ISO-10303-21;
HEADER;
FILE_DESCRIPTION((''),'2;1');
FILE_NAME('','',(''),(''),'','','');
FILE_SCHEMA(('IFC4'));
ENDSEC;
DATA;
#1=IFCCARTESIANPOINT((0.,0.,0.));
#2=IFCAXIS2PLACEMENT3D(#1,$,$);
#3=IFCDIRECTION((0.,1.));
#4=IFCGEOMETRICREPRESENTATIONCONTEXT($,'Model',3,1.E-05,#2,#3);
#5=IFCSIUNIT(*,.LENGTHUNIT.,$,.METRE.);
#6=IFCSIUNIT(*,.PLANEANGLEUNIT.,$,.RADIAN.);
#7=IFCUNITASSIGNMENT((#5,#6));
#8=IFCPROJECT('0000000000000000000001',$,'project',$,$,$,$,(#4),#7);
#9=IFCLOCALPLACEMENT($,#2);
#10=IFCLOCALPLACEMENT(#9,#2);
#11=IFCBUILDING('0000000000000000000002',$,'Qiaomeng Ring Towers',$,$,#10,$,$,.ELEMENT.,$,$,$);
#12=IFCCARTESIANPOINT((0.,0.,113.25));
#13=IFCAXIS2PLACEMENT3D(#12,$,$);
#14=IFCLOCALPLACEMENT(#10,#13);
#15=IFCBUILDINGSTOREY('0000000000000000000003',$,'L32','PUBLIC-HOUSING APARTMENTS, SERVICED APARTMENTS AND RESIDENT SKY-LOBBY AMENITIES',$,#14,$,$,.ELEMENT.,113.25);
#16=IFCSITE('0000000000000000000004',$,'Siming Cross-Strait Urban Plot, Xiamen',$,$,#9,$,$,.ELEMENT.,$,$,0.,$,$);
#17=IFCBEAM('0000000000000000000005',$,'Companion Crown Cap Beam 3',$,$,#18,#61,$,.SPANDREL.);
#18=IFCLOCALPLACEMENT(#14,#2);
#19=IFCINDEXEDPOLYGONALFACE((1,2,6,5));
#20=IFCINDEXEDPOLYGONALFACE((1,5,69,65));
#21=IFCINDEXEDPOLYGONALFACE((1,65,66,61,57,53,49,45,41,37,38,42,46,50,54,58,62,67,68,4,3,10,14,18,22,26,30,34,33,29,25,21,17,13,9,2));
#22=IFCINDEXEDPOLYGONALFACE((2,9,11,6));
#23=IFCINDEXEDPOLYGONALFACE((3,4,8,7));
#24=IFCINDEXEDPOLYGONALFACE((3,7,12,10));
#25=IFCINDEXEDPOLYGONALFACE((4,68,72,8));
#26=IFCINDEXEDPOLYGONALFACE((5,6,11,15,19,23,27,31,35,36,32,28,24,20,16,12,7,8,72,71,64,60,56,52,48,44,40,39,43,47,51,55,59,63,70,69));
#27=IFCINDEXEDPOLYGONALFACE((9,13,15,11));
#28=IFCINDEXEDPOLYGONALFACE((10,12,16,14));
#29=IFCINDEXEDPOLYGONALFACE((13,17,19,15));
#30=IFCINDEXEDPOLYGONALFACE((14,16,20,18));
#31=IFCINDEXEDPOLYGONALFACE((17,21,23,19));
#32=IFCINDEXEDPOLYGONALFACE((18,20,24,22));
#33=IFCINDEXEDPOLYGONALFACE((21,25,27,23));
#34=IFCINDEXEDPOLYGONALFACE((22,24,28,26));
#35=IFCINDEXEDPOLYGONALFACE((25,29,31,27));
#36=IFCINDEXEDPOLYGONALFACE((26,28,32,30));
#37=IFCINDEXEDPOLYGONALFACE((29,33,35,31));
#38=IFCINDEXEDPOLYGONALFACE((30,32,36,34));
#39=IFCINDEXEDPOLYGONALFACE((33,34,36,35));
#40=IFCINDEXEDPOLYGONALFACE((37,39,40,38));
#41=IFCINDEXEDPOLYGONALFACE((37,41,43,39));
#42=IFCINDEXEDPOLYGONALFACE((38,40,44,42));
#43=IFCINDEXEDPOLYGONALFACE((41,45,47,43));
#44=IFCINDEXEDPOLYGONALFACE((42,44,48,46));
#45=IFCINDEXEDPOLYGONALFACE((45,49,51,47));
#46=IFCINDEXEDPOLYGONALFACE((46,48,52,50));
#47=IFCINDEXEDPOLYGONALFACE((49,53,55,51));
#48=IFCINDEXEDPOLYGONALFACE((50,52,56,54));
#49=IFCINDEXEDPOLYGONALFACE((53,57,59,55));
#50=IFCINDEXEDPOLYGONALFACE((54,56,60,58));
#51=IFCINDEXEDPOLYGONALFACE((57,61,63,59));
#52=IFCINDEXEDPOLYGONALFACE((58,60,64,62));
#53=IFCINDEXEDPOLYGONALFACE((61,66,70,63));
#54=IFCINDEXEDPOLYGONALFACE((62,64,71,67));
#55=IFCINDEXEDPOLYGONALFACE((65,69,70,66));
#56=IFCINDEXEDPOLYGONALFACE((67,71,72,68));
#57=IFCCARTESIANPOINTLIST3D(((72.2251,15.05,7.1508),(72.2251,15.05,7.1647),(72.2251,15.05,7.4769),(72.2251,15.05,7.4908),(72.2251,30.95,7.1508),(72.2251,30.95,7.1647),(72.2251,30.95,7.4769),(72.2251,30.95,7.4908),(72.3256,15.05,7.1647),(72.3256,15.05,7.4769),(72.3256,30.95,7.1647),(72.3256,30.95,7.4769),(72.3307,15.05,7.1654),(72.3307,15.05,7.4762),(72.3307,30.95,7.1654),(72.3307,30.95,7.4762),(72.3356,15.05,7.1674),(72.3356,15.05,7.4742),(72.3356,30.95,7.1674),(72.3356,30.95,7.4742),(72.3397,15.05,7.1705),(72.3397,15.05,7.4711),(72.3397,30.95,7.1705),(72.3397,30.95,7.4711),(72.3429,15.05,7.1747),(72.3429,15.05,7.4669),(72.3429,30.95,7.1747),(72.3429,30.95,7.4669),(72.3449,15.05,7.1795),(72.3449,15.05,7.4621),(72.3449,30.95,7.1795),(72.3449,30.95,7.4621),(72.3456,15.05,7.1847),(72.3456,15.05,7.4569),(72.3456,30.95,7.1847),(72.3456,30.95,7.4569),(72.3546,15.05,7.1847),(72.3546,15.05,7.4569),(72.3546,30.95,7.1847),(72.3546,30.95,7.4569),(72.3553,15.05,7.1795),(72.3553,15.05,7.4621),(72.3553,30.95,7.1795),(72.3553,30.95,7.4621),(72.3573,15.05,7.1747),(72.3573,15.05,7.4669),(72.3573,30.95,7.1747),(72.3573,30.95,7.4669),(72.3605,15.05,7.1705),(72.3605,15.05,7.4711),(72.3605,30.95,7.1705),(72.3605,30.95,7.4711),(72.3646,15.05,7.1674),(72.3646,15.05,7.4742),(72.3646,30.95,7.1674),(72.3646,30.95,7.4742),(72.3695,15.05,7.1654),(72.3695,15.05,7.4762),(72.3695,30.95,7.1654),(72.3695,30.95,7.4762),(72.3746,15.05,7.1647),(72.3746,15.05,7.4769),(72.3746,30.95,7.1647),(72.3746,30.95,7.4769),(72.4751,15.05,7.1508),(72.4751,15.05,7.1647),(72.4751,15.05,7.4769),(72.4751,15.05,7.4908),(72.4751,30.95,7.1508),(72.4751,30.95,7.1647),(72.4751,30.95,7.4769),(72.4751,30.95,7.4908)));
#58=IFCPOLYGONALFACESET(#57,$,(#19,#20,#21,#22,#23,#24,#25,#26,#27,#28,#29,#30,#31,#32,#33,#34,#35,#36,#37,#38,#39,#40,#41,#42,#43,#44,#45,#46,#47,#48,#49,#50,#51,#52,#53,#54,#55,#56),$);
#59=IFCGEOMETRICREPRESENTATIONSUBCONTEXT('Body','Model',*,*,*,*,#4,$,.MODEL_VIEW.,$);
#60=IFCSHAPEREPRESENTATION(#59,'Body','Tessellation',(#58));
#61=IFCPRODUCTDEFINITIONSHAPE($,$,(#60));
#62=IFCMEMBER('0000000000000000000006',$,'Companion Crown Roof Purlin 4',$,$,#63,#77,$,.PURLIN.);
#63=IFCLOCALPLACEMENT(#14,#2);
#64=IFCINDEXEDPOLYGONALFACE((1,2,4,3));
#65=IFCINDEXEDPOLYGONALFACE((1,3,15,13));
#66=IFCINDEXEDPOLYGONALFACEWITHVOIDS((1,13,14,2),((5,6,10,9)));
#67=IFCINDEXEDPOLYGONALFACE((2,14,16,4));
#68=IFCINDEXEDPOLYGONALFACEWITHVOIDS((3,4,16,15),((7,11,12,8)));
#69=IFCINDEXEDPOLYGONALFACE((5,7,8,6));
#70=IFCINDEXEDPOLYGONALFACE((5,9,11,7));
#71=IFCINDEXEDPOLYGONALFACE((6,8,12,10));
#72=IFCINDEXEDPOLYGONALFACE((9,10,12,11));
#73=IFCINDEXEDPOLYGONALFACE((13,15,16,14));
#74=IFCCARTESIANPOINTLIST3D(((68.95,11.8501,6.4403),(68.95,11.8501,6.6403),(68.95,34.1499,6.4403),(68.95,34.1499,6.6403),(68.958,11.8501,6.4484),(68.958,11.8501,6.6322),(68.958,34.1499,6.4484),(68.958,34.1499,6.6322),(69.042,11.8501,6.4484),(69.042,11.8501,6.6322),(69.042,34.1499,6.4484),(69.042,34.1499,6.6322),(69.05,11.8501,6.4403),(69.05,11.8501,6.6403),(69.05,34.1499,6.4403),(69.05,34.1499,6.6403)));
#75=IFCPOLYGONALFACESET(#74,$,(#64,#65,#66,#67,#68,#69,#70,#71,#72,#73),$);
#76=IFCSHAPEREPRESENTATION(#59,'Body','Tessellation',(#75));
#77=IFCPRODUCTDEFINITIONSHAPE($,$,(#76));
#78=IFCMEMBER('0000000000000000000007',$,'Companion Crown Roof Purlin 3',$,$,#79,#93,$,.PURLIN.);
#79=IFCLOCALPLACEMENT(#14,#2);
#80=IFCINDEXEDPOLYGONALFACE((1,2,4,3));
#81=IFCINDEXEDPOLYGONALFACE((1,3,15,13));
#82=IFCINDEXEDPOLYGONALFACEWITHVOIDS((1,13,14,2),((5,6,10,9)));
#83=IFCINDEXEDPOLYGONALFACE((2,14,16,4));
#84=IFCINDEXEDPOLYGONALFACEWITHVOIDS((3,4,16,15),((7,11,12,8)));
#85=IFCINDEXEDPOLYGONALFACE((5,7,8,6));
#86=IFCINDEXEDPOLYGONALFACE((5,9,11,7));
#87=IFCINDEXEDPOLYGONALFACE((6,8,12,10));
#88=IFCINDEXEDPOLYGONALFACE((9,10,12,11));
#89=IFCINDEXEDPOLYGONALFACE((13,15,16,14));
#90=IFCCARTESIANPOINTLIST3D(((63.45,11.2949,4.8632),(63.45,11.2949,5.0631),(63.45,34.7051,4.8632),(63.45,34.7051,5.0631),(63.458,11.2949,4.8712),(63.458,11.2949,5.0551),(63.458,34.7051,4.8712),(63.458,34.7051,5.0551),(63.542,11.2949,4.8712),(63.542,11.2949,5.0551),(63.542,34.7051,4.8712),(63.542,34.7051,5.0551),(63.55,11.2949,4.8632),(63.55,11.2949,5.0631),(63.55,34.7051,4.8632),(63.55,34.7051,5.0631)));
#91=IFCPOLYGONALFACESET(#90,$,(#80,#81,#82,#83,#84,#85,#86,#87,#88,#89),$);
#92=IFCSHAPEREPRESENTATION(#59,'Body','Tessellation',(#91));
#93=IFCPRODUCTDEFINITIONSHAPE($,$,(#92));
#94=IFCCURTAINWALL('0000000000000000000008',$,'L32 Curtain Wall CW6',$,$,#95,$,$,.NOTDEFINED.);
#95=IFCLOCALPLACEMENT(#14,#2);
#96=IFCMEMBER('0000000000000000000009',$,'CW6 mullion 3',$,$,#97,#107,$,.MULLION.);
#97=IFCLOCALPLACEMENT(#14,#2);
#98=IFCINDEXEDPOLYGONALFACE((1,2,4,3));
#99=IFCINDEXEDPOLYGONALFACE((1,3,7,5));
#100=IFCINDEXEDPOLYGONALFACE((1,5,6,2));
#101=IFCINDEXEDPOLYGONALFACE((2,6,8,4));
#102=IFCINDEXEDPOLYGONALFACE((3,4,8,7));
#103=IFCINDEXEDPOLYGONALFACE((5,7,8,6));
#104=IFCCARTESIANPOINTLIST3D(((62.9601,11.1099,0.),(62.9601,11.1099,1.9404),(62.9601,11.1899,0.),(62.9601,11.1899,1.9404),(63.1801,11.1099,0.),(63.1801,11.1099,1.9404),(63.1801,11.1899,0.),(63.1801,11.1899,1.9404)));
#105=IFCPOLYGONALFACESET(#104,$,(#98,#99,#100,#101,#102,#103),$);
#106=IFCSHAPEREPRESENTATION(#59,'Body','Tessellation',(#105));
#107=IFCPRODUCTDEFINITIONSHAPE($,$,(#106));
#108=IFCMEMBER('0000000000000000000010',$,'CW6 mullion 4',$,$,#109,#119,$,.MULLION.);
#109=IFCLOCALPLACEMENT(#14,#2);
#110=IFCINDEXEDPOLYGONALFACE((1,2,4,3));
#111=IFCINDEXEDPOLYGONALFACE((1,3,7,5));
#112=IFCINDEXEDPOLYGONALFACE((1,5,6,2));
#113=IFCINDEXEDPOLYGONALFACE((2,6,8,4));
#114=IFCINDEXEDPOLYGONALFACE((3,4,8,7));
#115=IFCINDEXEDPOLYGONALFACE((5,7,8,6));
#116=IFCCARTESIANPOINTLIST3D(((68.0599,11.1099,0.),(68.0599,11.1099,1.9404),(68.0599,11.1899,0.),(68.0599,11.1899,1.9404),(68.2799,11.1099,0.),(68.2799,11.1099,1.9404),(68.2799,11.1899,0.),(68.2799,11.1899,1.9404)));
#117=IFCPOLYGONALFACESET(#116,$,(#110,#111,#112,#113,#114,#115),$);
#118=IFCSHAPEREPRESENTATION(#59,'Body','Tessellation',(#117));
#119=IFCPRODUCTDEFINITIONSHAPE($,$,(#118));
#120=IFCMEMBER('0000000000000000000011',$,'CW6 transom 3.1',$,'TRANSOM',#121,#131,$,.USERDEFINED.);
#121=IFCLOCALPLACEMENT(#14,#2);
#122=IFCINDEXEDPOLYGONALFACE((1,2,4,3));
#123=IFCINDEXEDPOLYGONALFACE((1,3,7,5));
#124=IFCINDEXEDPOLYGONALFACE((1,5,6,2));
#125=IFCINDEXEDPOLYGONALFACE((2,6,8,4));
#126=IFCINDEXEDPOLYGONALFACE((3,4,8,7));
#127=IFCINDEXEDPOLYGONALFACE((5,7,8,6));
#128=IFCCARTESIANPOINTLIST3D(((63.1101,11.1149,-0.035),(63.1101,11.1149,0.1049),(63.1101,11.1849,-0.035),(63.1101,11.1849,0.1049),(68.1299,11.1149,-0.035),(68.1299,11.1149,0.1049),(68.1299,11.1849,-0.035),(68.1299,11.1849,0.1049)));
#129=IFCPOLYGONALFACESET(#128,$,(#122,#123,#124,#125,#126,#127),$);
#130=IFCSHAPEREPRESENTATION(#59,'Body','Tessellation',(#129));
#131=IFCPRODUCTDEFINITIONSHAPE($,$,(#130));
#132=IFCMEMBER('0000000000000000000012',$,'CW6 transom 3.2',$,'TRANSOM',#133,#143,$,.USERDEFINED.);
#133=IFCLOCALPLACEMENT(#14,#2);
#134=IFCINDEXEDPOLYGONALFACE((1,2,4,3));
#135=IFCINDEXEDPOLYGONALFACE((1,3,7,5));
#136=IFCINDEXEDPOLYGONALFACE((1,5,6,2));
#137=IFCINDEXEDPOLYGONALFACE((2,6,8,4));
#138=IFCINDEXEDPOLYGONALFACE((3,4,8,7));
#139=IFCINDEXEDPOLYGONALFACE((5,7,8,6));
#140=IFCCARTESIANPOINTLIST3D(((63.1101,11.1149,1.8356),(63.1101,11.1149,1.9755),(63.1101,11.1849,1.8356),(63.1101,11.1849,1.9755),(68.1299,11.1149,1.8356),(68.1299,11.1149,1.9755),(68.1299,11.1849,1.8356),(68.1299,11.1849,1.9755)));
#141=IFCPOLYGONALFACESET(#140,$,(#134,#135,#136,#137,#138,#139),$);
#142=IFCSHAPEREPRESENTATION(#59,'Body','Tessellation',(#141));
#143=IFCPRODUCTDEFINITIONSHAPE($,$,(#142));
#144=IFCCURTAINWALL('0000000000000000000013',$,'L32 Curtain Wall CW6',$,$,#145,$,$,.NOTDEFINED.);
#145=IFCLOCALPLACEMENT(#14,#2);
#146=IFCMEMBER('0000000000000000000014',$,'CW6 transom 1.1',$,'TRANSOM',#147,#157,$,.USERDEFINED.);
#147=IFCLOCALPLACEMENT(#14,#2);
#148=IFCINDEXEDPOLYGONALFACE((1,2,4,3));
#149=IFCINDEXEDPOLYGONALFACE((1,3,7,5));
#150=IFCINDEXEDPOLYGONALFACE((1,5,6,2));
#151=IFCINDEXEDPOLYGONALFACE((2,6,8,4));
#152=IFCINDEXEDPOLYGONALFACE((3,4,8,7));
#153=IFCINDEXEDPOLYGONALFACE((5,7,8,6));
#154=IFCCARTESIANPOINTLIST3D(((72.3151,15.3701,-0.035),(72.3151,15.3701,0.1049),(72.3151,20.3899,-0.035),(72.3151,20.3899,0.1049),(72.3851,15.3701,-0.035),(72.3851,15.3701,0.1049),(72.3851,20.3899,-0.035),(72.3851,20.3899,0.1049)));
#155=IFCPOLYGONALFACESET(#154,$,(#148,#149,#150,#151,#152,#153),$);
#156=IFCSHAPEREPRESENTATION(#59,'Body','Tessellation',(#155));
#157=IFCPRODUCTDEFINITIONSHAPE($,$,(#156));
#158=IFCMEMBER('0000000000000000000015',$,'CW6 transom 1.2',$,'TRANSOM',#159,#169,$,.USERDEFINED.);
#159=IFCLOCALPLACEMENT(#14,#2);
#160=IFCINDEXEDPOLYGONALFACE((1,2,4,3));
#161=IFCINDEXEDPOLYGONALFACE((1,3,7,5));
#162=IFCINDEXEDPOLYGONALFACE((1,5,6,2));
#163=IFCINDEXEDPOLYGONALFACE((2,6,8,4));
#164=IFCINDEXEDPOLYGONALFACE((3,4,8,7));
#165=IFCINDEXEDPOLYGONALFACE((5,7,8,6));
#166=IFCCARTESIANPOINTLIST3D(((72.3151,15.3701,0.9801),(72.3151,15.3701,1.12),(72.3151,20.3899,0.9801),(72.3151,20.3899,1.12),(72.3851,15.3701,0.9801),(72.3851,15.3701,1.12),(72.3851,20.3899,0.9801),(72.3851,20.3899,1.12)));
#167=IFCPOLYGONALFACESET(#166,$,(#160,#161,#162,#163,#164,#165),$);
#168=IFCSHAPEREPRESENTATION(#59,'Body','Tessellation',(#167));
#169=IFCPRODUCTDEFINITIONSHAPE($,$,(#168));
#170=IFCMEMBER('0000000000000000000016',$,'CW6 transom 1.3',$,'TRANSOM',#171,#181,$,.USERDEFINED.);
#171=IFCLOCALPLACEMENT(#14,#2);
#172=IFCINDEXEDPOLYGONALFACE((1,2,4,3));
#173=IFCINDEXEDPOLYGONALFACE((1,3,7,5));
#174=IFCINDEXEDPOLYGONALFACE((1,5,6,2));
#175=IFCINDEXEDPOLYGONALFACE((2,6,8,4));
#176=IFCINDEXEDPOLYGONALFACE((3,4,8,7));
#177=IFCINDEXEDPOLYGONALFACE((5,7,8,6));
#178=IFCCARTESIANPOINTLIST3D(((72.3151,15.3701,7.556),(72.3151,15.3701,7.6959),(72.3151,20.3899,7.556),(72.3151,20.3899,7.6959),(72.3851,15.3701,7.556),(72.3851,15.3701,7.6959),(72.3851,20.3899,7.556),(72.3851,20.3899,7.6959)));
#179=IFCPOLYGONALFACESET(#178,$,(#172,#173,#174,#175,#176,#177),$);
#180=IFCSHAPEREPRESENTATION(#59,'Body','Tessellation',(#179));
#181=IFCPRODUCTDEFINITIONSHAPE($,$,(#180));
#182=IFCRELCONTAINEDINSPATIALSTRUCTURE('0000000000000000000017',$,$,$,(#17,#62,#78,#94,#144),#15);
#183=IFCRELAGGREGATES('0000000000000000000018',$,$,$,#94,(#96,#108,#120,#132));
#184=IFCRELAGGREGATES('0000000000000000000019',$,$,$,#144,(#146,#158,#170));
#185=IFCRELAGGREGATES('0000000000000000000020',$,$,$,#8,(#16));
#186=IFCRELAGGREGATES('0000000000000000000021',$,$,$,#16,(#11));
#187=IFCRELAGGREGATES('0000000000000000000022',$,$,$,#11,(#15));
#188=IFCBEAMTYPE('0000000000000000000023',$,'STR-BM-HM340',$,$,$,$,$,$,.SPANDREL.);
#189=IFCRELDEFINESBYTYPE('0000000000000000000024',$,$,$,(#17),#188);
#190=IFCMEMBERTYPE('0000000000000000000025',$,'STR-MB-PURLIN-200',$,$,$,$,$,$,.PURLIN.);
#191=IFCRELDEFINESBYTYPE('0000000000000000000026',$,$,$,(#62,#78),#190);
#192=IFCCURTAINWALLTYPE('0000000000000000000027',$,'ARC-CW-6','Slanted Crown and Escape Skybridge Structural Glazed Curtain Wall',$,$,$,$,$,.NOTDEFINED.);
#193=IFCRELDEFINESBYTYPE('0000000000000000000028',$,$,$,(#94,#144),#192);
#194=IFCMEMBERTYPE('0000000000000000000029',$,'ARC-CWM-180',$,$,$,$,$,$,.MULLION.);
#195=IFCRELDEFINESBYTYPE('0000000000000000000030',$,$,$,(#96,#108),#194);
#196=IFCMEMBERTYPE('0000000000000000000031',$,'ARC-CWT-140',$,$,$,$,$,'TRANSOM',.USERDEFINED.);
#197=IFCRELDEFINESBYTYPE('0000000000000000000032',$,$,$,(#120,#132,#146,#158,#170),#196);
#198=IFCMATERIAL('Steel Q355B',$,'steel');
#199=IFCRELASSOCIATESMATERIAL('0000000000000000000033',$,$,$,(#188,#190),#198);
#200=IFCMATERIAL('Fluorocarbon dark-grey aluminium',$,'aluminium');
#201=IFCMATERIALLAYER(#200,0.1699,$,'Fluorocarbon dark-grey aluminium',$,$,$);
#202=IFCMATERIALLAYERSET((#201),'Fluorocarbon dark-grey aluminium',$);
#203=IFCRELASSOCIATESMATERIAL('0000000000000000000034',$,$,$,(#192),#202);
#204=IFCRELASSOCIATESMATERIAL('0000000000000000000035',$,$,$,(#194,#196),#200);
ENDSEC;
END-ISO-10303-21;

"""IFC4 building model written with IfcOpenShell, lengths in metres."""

from ifc_helpers import new_model, si_unit, direction, frame, origin, origin_2d, place, context, subcontext, project, spatial, rectangle, hollow_rectangle, i_section, extrude, source, transform, mapped, material, layer, layer_set, material_profile, profile_set, type_object, element, aggregate, save


model = new_model("IFC4")

# Units and contexts
model_context = context("Model", 3, precision=1e-05, world=origin(), true_north=direction((0.0, 1.0)))
body_context = subcontext(model_context, "Body", "Model", "MODEL_VIEW")
ifc_project = project(units=[si_unit("LENGTHUNIT", "METRE"), si_unit("PLANEANGLEUNIT", "RADIAN")], contexts=[model_context])

# Site, building, storey
site_placement = place(None, origin())
site = spatial("IfcSite", under=ifc_project, at=site_placement, Name="Siming Cross-Strait Urban Plot, Xiamen", CompositionType="ELEMENT", RefElevation=0.0)
building_placement = place(site_placement, origin())
building = spatial("IfcBuilding", under=site, at=building_placement, Name="Qiaomeng Ring Towers", CompositionType="ELEMENT")
storey_placement = place(building_placement, frame((0.0, 0.0, 113.25)))
storey = spatial("IfcBuildingStorey", under=building, at=storey_placement, Name="L32", Description="PUBLIC-HOUSING APARTMENTS, SERVICED APARTMENTS AND RESIDENT SKY-LOBBY AMENITIES", CompositionType="ELEMENT", Elevation=113.25)

# Shared definitions
ifc_material_1 = material(Name="Steel Q355B", Category="steel")

# Beam
ifc_material_profile_1 = material_profile(ifc_material_1, i_section(OverallWidth=0.25, OverallDepth=0.3401, WebThickness=0.009, FlangeThickness=0.0139, FilletRadius=0.02, at=origin_2d()), Name="HM 340x250x9x14")
ifc_profile_set_1 = profile_set([ifc_material_profile_1], Name="Steel Q355B")
beam_type = type_object("IfcBeamType", Name="STR-BM-HM340", PredefinedType="SPANDREL", material=ifc_profile_set_1)
shared_shape_1 = source(origin(), body_context, "Body", "SweptSolid", [
    extrude(i_section(OverallWidth=0.25, OverallDepth=0.3401, WebThickness=0.009, FlangeThickness=0.0139, FilletRadius=0.02, at=origin_2d()), origin(), (0.0, 0.0, 1.0), 15.8999),
])
beam_1_placement = place(storey_placement, frame((72.3501, 15.05, 7.3208), z_axis=(0.0, 1.0, 0.0), x_axis=(-1.0, 0.0, 0.0)))
element("IfcBeam", 1, at=beam_1_placement, inside=storey, type_object=beam_type, Name="Companion Crown Cap Beam 3", PredefinedType="SPANDREL", context=body_context, shape_type="MappedRepresentation", body=[
    mapped(shared_shape_1, transform((0.0, 0.0, 0.0), x_axis=(1.0, 0.0, 0.0), y_axis=(0.0, 1.0, 0.0), z_axis=(0.0, 0.0, 1.0), scale=1.0)),
])

# Members
ifc_material_profile_2 = material_profile(ifc_material_1, hollow_rectangle(XDim=0.1001, YDim=0.2, WallThickness=0.0081, at=origin_2d()), Name="RHS 200x100x8")
ifc_profile_set_2 = profile_set([ifc_material_profile_2], Name="Steel Q355B")
member_type_1 = type_object("IfcMemberType", Name="STR-MB-PURLIN-200", PredefinedType="PURLIN", material=ifc_profile_set_2)
shared_shape_2 = source(origin(), body_context, "Body", "SweptSolid", [
    extrude(hollow_rectangle(XDim=0.1001, YDim=0.2, WallThickness=0.0081, at=origin_2d()), origin(), (0.0, 0.0, 1.0), 22.2998),
])
member_1_placement = place(storey_placement, frame((69.0, 11.8501, 6.5403), z_axis=(0.0, 1.0, 0.0), x_axis=(-1.0, 0.0, 0.0)))
element("IfcMember", 2, at=member_1_placement, inside=storey, type_object=member_type_1, Name="Companion Crown Roof Purlin 4", PredefinedType="PURLIN", context=body_context, shape_type="MappedRepresentation", body=[
    mapped(shared_shape_2, transform((0.0, 0.0, 0.0), x_axis=(1.0, 0.0, 0.0), y_axis=(0.0, 1.0, 0.0), z_axis=(0.0, 0.0, 1.0), scale=1.0)),
])
shared_shape_3 = source(origin(), body_context, "Body", "SweptSolid", [
    extrude(hollow_rectangle(XDim=0.1001, YDim=0.2, WallThickness=0.0081, at=origin_2d()), origin(), (0.0, 0.0, 1.0), 23.4102),
])
member_2_placement = place(storey_placement, frame((63.5, 11.2949, 4.9631), z_axis=(0.0, 1.0, 0.0), x_axis=(-1.0, 0.0, 0.0)))
element("IfcMember", 3, at=member_2_placement, inside=storey, type_object=member_type_1, Name="Companion Crown Roof Purlin 3", PredefinedType="PURLIN", context=body_context, shape_type="MappedRepresentation", body=[
    mapped(shared_shape_3, transform((0.0, 0.0, 0.0), x_axis=(1.0, 0.0, 0.0), y_axis=(0.0, 1.0, 0.0), z_axis=(0.0, 0.0, 1.0), scale=1.0)),
])

# Curtain walls, members
ifc_material_2 = material(Name="Fluorocarbon dark-grey aluminium", Category="aluminium")
ifc_layer_1 = layer(ifc_material_2, 0.1699, Name="Fluorocarbon dark-grey aluminium")
ifc_layer_set_1 = layer_set([ifc_layer_1], Name="Fluorocarbon dark-grey aluminium")
curtain_wall_type = type_object("IfcCurtainWallType", Name="ARC-CW-6", Description="Slanted Crown and Escape Skybridge Structural Glazed Curtain Wall", PredefinedType="NOTDEFINED", material=ifc_layer_set_1)
curtain_wall_1_placement = place(storey_placement, origin())
curtain_wall_1 = element("IfcCurtainWall", 4, at=curtain_wall_1_placement, inside=storey, type_object=curtain_wall_type, Name="L32 Curtain Wall CW6", PredefinedType="NOTDEFINED")
ifc_material_profile_3 = material_profile(ifc_material_2, rectangle(XDim=0.0801, YDim=0.22, at=origin_2d()), Name="ALU MULL 80x220")
ifc_profile_set_3 = profile_set([ifc_material_profile_3], Name="Fluorocarbon dark-grey aluminium")
member_type_2 = type_object("IfcMemberType", Name="ARC-CWM-180", PredefinedType="MULLION", material=ifc_profile_set_3)
shared_shape_4 = source(origin(), body_context, "Body", "SweptSolid", [
    extrude(rectangle(XDim=0.0801, YDim=0.22, at=origin_2d()), origin(), (0.0, 0.0, 1.0), 1.9404),
])
member_3_placement = place(storey_placement, frame((63.0701, 11.1499, 0.0), z_axis=(0.0, 0.0, 1.0), x_axis=(0.0, 1.0, 0.0)))
member_3 = element("IfcMember", 5, at=member_3_placement, type_object=member_type_2, Name="CW6 mullion 3", PredefinedType="MULLION", context=body_context, shape_type="MappedRepresentation", body=[
    mapped(shared_shape_4, transform((0.0, 0.0, 0.0), x_axis=(1.0, 0.0, 0.0), y_axis=(0.0, 1.0, 0.0), z_axis=(0.0, 0.0, 1.0), scale=1.0)),
])
member_4_placement = place(storey_placement, frame((68.1699, 11.1499, 0.0), z_axis=(0.0, 0.0, 1.0), x_axis=(0.0, 1.0, 0.0)))
member_4 = element("IfcMember", 6, at=member_4_placement, type_object=member_type_2, Name="CW6 mullion 4", PredefinedType="MULLION", context=body_context, shape_type="MappedRepresentation", body=[
    mapped(shared_shape_4, transform((0.0, 0.0, 0.0), x_axis=(1.0, 0.0, 0.0), y_axis=(0.0, 1.0, 0.0), z_axis=(0.0, 0.0, 1.0), scale=1.0)),
])
ifc_material_profile_4 = material_profile(ifc_material_2, rectangle(XDim=0.0701, YDim=0.1399, at=origin_2d()), Name="ALU TRAN 70x140")
ifc_profile_set_4 = profile_set([ifc_material_profile_4], Name="Fluorocarbon dark-grey aluminium")
member_type_3 = type_object("IfcMemberType", Name="ARC-CWT-140", ElementType="TRANSOM", PredefinedType="USERDEFINED", material=ifc_profile_set_4)
shared_shape_5 = source(origin(), body_context, "Body", "SweptSolid", [
    extrude(rectangle(XDim=0.0701, YDim=0.1399, at=origin_2d()), origin(), (0.0, 0.0, 1.0), 5.0198),
])
member_5_placement = place(storey_placement, frame((63.1101, 11.1499, 0.0349), z_axis=(1.0, 0.0, 0.0), x_axis=(0.0, 1.0, 0.0)))
member_5 = element("IfcMember", 7, at=member_5_placement, type_object=member_type_3, Name="CW6 transom 3.1", ObjectType="TRANSOM", PredefinedType="USERDEFINED", context=body_context, shape_type="MappedRepresentation", body=[
    mapped(shared_shape_5, transform((0.0, 0.0, 0.0), x_axis=(1.0, 0.0, 0.0), y_axis=(0.0, 1.0, 0.0), z_axis=(0.0, 0.0, 1.0), scale=1.0)),
])
member_6_placement = place(storey_placement, frame((63.1101, 11.1499, 1.9055), z_axis=(1.0, 0.0, 0.0), x_axis=(0.0, 1.0, 0.0)))
member_6 = element("IfcMember", 8, at=member_6_placement, type_object=member_type_3, Name="CW6 transom 3.2", ObjectType="TRANSOM", PredefinedType="USERDEFINED", context=body_context, shape_type="MappedRepresentation", body=[
    mapped(shared_shape_5, transform((0.0, 0.0, 0.0), x_axis=(1.0, 0.0, 0.0), y_axis=(0.0, 1.0, 0.0), z_axis=(0.0, 0.0, 1.0), scale=1.0)),
])
curtain_wall_2_placement = place(storey_placement, origin())
curtain_wall_2 = element("IfcCurtainWall", 9, at=curtain_wall_2_placement, inside=storey, type_object=curtain_wall_type, Name="L32 Curtain Wall CW6", PredefinedType="NOTDEFINED")
member_7_placement = place(storey_placement, frame((72.3501, 15.3701, 0.0349), z_axis=(0.0, 1.0, 0.0), x_axis=(-1.0, 0.0, 0.0)))
member_7 = element("IfcMember", 10, at=member_7_placement, type_object=member_type_3, Name="CW6 transom 1.1", ObjectType="TRANSOM", PredefinedType="USERDEFINED", context=body_context, shape_type="MappedRepresentation", body=[
    mapped(shared_shape_5, transform((0.0, 0.0, 0.0), x_axis=(1.0, 0.0, 0.0), y_axis=(0.0, 1.0, 0.0), z_axis=(0.0, 0.0, 1.0), scale=1.0)),
])
member_8_placement = place(storey_placement, frame((72.3501, 15.3701, 1.05), z_axis=(0.0, 1.0, 0.0), x_axis=(-1.0, 0.0, 0.0)))
member_8 = element("IfcMember", 11, at=member_8_placement, type_object=member_type_3, Name="CW6 transom 1.2", ObjectType="TRANSOM", PredefinedType="USERDEFINED", context=body_context, shape_type="MappedRepresentation", body=[
    mapped(shared_shape_5, transform((0.0, 0.0, 0.0), x_axis=(1.0, 0.0, 0.0), y_axis=(0.0, 1.0, 0.0), z_axis=(0.0, 0.0, 1.0), scale=1.0)),
])
member_9_placement = place(storey_placement, frame((72.3501, 15.3701, 7.626), z_axis=(0.0, 1.0, 0.0), x_axis=(-1.0, 0.0, 0.0)))
member_9 = element("IfcMember", 12, at=member_9_placement, type_object=member_type_3, Name="CW6 transom 1.3", ObjectType="TRANSOM", PredefinedType="USERDEFINED", context=body_context, shape_type="MappedRepresentation", body=[
    mapped(shared_shape_5, transform((0.0, 0.0, 0.0), x_axis=(1.0, 0.0, 0.0), y_axis=(0.0, 1.0, 0.0), z_axis=(0.0, 0.0, 1.0), scale=1.0)),
])

aggregate(curtain_wall_1, [member_3, member_4, member_5, member_6])
aggregate(curtain_wall_2, [member_7, member_8, member_9])

save(model, "model.ifc")
